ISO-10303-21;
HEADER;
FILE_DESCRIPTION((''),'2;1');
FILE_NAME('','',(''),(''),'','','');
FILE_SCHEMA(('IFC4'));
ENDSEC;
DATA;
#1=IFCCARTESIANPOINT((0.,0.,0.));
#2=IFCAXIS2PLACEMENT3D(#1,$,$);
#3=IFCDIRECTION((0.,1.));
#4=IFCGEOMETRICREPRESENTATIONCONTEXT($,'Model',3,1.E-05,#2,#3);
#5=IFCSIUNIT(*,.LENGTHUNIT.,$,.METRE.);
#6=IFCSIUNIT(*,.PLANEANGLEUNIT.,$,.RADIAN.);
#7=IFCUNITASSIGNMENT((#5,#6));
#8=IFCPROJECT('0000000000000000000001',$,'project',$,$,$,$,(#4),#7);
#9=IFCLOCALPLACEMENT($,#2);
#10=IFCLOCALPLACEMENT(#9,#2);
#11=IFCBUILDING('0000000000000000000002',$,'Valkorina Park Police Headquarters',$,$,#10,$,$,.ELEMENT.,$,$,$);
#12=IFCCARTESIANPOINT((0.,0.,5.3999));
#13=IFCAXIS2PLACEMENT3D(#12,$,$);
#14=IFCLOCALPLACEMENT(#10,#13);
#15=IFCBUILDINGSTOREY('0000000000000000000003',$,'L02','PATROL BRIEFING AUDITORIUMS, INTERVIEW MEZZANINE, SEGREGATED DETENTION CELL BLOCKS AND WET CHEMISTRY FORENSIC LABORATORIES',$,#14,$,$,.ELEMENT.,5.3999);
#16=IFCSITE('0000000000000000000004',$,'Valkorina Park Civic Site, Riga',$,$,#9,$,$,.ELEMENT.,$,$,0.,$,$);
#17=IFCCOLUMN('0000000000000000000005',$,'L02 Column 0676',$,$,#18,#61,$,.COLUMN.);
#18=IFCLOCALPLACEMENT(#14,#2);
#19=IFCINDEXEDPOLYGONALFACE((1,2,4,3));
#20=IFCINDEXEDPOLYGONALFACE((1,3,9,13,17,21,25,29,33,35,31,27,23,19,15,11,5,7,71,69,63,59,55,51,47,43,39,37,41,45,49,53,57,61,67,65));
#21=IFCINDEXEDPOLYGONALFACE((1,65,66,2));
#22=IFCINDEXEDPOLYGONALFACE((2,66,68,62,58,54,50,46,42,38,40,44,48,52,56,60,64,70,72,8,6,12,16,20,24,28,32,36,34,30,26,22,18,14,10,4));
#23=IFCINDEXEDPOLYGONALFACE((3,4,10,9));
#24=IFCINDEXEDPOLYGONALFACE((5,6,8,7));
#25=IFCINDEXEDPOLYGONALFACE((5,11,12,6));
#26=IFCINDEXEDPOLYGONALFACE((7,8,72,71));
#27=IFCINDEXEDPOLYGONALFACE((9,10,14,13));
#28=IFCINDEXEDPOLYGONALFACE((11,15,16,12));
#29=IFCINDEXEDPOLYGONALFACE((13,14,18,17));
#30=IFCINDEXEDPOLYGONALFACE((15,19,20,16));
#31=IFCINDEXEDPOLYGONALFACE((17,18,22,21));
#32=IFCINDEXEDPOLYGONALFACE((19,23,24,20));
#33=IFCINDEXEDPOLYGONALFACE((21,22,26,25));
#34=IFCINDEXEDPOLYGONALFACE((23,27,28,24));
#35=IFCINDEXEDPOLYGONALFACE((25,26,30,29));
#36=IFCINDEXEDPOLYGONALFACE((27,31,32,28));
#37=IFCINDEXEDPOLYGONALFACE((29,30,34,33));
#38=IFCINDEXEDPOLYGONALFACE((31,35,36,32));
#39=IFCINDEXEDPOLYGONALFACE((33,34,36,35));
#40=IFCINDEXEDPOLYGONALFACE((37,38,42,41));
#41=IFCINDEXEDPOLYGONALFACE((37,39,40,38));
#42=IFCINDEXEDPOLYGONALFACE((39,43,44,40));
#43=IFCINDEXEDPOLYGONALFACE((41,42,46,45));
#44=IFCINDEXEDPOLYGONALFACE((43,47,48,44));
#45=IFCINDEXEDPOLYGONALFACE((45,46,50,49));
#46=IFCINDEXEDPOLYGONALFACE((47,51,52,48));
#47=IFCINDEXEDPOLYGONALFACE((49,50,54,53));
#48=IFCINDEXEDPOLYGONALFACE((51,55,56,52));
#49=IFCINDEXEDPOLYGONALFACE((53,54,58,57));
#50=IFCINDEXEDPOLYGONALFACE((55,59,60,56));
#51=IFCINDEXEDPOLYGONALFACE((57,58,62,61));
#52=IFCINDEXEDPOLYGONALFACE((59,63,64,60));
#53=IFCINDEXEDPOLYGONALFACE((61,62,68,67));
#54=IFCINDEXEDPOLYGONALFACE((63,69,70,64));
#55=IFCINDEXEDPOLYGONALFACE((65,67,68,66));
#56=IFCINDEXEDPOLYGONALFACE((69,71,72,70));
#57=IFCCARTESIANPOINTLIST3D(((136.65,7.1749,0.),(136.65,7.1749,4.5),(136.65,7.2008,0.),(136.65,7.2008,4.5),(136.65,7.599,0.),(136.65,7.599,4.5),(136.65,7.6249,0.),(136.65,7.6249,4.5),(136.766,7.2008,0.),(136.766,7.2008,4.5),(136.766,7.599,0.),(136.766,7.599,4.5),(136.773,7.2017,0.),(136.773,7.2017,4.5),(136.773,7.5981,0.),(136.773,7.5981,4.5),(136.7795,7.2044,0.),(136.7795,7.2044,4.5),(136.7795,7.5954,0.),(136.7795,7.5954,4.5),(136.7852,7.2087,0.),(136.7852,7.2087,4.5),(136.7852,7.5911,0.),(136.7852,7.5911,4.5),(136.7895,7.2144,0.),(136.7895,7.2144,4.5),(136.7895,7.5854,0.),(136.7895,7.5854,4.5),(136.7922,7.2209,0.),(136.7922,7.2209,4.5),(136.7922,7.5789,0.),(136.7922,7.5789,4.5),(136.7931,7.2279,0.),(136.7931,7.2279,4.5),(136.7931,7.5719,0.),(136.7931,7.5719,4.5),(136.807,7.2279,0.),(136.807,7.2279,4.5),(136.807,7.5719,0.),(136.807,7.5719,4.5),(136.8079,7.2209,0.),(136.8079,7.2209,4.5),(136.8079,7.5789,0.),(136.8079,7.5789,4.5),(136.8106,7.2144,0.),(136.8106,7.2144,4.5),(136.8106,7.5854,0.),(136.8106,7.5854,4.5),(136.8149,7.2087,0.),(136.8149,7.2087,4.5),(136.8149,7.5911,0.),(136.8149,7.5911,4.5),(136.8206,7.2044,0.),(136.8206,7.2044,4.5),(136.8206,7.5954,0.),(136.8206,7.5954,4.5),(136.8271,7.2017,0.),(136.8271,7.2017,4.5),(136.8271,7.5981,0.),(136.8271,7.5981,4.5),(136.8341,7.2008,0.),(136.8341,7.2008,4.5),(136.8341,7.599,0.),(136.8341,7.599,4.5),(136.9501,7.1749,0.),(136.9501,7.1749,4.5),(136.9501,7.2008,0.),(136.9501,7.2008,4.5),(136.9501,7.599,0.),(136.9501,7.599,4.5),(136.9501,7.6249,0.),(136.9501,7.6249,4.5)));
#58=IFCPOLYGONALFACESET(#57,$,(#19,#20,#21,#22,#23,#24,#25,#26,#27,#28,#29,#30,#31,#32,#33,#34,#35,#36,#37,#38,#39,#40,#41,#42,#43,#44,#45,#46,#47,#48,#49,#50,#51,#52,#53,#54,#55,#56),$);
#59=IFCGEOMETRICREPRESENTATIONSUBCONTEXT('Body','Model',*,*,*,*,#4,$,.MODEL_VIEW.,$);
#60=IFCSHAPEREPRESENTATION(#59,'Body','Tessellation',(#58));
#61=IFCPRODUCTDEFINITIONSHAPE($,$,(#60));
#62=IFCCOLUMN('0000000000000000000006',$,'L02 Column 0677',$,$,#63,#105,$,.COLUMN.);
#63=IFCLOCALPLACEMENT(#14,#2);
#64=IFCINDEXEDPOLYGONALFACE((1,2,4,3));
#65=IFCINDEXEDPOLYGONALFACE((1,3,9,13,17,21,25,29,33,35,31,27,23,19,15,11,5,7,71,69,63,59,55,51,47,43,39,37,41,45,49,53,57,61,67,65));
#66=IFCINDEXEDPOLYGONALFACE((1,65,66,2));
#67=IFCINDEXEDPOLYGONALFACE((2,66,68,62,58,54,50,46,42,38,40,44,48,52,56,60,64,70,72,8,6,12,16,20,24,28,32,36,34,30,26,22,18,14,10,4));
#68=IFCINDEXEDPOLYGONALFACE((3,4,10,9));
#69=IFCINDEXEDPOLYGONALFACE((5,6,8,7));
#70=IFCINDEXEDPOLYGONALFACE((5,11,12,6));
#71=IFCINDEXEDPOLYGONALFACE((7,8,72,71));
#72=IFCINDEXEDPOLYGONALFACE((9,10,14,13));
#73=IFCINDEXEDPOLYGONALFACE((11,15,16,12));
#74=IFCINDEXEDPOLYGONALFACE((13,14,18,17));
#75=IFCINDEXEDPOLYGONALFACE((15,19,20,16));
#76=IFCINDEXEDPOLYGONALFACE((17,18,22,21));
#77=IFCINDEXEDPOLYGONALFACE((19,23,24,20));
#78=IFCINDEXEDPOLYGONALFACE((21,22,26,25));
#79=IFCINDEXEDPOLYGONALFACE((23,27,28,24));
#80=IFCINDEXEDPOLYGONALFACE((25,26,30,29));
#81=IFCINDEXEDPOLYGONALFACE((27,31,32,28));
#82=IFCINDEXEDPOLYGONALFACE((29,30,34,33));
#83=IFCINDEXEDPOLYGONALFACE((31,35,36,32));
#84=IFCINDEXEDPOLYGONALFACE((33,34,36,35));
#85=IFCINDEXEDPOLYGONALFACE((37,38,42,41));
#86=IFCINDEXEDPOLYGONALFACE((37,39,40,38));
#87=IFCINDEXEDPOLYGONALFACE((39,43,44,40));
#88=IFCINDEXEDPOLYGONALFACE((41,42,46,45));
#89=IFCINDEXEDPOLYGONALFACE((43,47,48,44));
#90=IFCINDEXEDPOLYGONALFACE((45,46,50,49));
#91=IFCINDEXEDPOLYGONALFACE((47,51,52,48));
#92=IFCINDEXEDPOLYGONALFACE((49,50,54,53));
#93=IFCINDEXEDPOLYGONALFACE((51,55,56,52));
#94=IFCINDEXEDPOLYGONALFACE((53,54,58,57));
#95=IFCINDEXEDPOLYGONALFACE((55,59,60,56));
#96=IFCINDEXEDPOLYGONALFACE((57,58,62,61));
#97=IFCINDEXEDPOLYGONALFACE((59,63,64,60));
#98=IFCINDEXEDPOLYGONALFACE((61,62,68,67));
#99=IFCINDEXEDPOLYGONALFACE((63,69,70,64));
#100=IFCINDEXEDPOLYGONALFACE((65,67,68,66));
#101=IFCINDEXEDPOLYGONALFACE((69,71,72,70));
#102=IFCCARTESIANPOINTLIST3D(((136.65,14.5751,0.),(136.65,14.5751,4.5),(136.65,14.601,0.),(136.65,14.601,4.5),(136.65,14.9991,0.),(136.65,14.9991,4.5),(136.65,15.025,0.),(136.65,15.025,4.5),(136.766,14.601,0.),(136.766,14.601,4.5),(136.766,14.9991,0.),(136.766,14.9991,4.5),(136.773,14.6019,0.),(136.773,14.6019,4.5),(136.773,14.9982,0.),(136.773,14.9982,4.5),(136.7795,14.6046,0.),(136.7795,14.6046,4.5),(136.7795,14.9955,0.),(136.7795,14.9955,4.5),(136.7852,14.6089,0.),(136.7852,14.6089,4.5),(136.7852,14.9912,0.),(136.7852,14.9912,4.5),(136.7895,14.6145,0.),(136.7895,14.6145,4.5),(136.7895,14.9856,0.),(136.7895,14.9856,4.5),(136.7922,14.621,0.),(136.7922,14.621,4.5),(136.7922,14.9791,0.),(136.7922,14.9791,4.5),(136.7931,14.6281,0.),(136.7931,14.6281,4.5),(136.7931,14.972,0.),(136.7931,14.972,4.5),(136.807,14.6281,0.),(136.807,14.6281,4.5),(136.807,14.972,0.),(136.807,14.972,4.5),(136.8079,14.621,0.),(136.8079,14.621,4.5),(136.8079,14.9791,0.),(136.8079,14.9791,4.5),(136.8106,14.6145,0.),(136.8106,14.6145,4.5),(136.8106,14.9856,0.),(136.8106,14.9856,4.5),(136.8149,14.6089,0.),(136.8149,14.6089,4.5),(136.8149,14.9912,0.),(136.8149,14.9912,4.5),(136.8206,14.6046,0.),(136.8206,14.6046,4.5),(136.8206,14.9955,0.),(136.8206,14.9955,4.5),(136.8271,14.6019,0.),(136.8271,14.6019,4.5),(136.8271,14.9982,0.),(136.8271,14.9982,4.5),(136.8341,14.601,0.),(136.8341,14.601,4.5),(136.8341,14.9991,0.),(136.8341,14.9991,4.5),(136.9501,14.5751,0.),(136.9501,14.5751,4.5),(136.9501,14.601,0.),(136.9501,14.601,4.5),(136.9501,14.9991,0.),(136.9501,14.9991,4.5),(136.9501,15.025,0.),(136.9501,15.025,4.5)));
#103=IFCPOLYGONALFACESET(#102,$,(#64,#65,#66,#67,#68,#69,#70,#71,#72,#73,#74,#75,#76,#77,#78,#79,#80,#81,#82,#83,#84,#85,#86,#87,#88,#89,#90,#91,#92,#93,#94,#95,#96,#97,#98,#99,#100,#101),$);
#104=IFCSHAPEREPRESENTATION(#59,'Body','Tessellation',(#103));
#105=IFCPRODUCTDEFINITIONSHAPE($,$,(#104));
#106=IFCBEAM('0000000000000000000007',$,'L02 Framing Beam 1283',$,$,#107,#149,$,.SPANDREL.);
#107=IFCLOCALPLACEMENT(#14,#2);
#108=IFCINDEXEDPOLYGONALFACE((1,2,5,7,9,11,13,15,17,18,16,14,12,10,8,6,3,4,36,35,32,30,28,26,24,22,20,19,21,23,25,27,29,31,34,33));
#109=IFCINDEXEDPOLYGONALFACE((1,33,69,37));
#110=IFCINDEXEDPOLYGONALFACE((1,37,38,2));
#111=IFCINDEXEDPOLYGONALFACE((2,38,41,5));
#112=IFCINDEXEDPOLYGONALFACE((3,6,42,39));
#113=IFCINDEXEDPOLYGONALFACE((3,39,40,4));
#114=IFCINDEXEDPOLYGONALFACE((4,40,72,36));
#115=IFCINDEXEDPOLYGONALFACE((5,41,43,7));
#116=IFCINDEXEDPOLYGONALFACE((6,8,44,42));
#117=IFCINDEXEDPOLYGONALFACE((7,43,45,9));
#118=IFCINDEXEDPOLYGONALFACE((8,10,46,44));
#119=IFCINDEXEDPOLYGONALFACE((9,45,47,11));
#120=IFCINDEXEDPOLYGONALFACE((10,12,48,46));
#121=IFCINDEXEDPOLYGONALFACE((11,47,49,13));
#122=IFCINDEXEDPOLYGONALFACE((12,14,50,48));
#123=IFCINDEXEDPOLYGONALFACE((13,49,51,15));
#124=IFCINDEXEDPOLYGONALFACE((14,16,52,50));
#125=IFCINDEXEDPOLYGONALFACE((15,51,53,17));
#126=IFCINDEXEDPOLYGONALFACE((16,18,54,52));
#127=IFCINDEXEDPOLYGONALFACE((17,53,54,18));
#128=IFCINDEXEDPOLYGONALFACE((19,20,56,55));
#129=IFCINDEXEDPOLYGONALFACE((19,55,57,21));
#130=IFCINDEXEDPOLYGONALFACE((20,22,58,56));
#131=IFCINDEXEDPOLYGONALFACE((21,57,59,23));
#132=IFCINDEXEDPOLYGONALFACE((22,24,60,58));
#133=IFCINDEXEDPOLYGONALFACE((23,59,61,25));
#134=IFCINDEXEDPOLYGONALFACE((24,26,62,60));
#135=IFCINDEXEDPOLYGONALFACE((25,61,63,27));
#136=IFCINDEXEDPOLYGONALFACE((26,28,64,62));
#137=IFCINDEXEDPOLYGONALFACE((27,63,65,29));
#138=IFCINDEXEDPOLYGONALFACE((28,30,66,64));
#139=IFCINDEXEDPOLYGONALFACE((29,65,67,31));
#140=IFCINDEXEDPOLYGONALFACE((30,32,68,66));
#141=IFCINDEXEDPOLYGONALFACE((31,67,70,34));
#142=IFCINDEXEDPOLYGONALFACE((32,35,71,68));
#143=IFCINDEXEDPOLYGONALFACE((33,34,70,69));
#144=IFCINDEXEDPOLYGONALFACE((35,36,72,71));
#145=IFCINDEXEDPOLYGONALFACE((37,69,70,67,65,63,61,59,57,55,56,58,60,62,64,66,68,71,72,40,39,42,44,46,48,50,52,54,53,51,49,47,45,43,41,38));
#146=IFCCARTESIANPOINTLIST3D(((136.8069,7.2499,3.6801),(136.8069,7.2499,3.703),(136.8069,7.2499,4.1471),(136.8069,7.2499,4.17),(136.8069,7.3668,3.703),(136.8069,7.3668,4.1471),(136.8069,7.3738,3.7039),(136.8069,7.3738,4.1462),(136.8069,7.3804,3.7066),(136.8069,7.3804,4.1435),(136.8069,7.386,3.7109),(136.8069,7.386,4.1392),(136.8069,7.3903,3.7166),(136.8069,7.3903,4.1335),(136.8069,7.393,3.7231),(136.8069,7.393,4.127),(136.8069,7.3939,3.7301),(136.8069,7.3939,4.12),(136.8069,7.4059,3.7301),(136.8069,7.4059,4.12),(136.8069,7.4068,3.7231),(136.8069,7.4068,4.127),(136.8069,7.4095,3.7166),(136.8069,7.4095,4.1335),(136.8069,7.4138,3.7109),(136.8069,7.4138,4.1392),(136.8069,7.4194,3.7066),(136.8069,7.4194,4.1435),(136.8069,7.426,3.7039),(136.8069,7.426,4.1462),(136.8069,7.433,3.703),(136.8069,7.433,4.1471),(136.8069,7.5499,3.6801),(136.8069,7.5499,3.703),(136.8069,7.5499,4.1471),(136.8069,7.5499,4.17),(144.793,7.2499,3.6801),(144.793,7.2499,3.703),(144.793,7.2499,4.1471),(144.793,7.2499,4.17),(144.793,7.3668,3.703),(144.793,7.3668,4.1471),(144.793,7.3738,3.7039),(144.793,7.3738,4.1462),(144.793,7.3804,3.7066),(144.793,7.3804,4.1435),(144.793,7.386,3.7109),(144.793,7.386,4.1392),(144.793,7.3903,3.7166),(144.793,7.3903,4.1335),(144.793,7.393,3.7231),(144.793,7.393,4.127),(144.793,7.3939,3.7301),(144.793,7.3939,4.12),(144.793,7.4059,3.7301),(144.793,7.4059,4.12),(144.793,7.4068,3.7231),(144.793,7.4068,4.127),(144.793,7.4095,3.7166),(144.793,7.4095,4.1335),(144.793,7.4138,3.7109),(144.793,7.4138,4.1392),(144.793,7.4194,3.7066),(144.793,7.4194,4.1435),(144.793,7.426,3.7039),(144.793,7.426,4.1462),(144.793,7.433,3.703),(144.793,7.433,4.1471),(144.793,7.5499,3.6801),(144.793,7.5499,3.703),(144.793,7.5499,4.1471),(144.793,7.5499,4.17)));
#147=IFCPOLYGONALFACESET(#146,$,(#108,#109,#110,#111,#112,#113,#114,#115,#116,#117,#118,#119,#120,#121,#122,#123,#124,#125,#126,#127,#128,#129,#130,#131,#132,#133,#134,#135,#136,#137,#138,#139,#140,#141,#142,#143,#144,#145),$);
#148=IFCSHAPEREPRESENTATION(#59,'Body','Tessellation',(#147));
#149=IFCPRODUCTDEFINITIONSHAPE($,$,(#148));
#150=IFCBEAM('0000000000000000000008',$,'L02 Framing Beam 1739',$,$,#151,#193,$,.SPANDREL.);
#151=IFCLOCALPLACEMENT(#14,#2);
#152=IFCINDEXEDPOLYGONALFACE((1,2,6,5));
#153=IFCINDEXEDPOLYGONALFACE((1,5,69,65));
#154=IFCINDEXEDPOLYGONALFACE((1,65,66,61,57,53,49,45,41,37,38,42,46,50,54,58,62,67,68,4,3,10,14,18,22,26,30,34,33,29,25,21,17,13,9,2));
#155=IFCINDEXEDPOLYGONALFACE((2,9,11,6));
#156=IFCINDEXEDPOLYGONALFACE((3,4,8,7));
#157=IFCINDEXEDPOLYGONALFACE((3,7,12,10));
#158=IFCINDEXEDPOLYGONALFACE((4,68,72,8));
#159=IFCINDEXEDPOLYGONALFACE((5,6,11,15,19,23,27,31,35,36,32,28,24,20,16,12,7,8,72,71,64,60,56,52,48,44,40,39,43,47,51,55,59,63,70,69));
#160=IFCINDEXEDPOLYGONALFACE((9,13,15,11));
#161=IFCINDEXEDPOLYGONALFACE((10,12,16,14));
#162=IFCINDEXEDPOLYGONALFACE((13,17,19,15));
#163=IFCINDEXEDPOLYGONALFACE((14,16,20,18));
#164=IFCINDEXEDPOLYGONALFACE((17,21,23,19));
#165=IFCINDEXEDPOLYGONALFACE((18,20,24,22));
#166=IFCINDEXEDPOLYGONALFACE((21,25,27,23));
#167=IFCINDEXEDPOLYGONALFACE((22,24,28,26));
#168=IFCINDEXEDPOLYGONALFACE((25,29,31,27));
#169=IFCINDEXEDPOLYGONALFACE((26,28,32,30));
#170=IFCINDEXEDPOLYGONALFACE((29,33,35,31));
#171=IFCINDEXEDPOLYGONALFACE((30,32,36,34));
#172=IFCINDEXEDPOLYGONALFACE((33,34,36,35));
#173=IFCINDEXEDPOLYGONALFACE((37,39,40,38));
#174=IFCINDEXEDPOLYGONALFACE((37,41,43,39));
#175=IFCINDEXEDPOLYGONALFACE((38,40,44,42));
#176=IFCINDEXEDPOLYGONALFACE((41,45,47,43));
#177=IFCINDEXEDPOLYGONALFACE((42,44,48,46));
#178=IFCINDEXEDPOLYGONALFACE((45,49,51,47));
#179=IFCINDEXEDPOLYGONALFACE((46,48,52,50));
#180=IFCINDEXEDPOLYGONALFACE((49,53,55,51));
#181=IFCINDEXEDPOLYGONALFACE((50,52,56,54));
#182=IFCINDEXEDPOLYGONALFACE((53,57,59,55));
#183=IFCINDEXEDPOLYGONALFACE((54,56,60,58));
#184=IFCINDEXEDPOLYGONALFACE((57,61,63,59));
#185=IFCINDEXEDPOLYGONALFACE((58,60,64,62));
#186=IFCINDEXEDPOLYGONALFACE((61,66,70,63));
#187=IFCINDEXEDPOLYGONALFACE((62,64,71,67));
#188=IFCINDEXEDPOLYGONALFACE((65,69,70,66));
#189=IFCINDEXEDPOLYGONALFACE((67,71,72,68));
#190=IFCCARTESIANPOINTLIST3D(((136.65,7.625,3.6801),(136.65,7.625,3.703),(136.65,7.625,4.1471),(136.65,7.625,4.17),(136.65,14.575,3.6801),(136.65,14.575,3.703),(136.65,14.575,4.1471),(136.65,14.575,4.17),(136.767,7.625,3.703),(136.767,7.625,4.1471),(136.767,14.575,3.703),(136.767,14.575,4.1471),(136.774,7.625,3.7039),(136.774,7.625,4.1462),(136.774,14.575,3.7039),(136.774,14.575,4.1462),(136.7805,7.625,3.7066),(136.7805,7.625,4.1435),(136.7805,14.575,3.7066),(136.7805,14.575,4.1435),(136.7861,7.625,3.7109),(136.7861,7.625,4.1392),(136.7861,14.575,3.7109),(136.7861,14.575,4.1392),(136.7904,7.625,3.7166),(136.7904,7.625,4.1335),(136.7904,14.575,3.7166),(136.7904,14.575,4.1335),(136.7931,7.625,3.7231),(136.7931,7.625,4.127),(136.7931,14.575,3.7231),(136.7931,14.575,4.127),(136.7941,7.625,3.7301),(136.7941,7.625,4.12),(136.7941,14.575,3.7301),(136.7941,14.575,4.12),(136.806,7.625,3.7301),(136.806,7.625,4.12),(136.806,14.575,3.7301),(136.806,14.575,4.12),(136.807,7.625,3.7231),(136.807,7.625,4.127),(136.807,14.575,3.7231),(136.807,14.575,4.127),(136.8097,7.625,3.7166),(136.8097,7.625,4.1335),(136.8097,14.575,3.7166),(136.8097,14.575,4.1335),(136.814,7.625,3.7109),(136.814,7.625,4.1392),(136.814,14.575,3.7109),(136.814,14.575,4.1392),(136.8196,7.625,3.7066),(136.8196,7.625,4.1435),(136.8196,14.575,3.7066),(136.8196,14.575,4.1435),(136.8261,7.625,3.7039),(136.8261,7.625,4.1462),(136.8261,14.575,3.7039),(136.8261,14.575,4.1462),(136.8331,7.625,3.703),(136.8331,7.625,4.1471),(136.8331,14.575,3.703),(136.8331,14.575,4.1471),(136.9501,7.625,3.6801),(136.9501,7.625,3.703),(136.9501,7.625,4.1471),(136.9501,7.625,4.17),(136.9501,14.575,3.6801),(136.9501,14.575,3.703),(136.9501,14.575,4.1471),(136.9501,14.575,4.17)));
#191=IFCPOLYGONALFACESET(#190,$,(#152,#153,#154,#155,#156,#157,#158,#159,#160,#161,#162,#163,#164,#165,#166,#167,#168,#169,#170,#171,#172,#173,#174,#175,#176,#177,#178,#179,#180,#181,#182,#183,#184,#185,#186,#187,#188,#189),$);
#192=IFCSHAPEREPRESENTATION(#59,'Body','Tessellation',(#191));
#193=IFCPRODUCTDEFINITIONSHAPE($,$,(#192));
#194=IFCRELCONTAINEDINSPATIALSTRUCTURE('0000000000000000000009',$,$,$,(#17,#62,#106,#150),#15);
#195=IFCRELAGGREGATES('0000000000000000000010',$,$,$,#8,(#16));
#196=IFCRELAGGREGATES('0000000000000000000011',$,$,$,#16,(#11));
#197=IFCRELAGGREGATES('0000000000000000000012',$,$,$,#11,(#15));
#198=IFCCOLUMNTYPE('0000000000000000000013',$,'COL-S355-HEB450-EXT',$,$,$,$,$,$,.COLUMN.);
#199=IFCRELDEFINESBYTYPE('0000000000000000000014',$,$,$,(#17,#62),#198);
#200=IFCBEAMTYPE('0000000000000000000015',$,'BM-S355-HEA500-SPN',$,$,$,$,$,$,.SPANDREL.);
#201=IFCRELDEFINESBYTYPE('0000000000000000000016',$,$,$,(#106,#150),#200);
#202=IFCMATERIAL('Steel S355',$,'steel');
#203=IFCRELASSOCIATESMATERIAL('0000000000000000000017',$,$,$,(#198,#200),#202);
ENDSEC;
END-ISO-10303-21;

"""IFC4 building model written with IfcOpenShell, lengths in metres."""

from ifc_helpers import new_model, si_unit, direction, frame, origin, origin_2d, place, context, subcontext, project, spatial, i_section, extrude, material, material_profile, profile_set, type_object, element, save


model = new_model("IFC4")

# Units and contexts
model_context = context("Model", 3, precision=1e-05, world=origin(), true_north=direction((0.0, 1.0)))
body_context = subcontext(model_context, "Body", "Model", "MODEL_VIEW")
ifc_project = project(units=[si_unit("LENGTHUNIT", "METRE"), si_unit("PLANEANGLEUNIT", "RADIAN")], contexts=[model_context])

# Site, building, storey
site_placement = place(None, origin())
site = spatial("IfcSite", under=ifc_project, at=site_placement, Name="Valkorina Park Civic Site, Riga", CompositionType="ELEMENT", RefElevation=0.0)
building_placement = place(site_placement, origin())
building = spatial("IfcBuilding", under=site, at=building_placement, Name="Valkorina Park Police Headquarters", CompositionType="ELEMENT")
storey_placement = place(building_placement, frame((0.0, 0.0, 5.3999)))
storey = spatial("IfcBuildingStorey", under=building, at=storey_placement, Name="L02", Description="PATROL BRIEFING AUDITORIUMS, INTERVIEW MEZZANINE, SEGREGATED DETENTION CELL BLOCKS AND WET CHEMISTRY FORENSIC LABORATORIES", CompositionType="ELEMENT", Elevation=5.3999)

# Columns
ifc_material_1 = material(Name="Steel S355", Category="steel")
ifc_material_profile_1 = material_profile(ifc_material_1, i_section(OverallWidth=0.3, OverallDepth=0.45, WebThickness=0.0139, FlangeThickness=0.0259, FilletRadius=0.0271, at=origin_2d()), Name="HEB 450")
ifc_profile_set_1 = profile_set([ifc_material_profile_1], Name="Steel S355")
column_type = type_object("IfcColumnType", Name="COL-S355-HEB450-EXT", PredefinedType="COLUMN", material=ifc_profile_set_1)
for number, where, z_axis, x_axis, name in (
    (1, (136.8, 7.3999, 0.0), (0.0, 0.0, 1.0), (1.0, 0.0, 0.0), "L02 Column 0676"),
    (2, (136.8, 14.8, 0.0), (0.0, 0.0, 1.0), (1.0, 0.0, 0.0), "L02 Column 0677"),
):
    element("IfcColumn", number, at=place(storey_placement, frame(where, z_axis=z_axis, x_axis=x_axis)), inside=storey, type_object=column_type, Name=name, PredefinedType="COLUMN", context=body_context, shape_type="SweptSolid", body=[
        extrude(i_section(OverallWidth=0.3, OverallDepth=0.45, WebThickness=0.0139, FlangeThickness=0.0259, FilletRadius=0.0271, at=origin_2d()), origin(), (0.0, 0.0, 1.0), 4.5),
    ])

# Beams
ifc_material_profile_2 = material_profile(ifc_material_1, i_section(OverallWidth=0.3, OverallDepth=0.49, WebThickness=0.012, FlangeThickness=0.0229, FilletRadius=0.0271, at=origin_2d()), Name="HEA 500")
ifc_profile_set_2 = profile_set([ifc_material_profile_2], Name="Steel S355")
beam_type_1 = type_object("IfcBeamType", Name="BM-S355-HEA500-SPN", PredefinedType="SPANDREL", material=ifc_profile_set_2)
beam_1_placement = place(storey_placement, frame((136.8069, 7.3999, 3.925), z_axis=(1.0, 0.0, 0.0), x_axis=(0.0, 1.0, 0.0)))
element("IfcBeam", 3, at=beam_1_placement, inside=storey, type_object=beam_type_1, Name="L02 Framing Beam 1283", PredefinedType="SPANDREL", context=body_context, shape_type="SweptSolid", body=[
    extrude(i_section(OverallWidth=0.3, OverallDepth=0.49, WebThickness=0.012, FlangeThickness=0.0229, FilletRadius=0.0271, at=origin_2d()), origin(), (0.0, 0.0, 1.0), 7.9861),
])
beam_2_placement = place(storey_placement, frame((136.8, 7.625, 3.925), z_axis=(0.0, 1.0, 0.0), x_axis=(-1.0, 0.0, 0.0)))
element("IfcBeam", 4, at=beam_2_placement, inside=storey, type_object=beam_type_1, Name="L02 Framing Beam 1739", PredefinedType="SPANDREL", context=body_context, shape_type="SweptSolid", body=[
    extrude(i_section(OverallWidth=0.3, OverallDepth=0.49, WebThickness=0.012, FlangeThickness=0.0229, FilletRadius=0.0271, at=origin_2d()), origin(), (0.0, 0.0, 1.0), 6.95),
])

save(model, "model.ifc")
